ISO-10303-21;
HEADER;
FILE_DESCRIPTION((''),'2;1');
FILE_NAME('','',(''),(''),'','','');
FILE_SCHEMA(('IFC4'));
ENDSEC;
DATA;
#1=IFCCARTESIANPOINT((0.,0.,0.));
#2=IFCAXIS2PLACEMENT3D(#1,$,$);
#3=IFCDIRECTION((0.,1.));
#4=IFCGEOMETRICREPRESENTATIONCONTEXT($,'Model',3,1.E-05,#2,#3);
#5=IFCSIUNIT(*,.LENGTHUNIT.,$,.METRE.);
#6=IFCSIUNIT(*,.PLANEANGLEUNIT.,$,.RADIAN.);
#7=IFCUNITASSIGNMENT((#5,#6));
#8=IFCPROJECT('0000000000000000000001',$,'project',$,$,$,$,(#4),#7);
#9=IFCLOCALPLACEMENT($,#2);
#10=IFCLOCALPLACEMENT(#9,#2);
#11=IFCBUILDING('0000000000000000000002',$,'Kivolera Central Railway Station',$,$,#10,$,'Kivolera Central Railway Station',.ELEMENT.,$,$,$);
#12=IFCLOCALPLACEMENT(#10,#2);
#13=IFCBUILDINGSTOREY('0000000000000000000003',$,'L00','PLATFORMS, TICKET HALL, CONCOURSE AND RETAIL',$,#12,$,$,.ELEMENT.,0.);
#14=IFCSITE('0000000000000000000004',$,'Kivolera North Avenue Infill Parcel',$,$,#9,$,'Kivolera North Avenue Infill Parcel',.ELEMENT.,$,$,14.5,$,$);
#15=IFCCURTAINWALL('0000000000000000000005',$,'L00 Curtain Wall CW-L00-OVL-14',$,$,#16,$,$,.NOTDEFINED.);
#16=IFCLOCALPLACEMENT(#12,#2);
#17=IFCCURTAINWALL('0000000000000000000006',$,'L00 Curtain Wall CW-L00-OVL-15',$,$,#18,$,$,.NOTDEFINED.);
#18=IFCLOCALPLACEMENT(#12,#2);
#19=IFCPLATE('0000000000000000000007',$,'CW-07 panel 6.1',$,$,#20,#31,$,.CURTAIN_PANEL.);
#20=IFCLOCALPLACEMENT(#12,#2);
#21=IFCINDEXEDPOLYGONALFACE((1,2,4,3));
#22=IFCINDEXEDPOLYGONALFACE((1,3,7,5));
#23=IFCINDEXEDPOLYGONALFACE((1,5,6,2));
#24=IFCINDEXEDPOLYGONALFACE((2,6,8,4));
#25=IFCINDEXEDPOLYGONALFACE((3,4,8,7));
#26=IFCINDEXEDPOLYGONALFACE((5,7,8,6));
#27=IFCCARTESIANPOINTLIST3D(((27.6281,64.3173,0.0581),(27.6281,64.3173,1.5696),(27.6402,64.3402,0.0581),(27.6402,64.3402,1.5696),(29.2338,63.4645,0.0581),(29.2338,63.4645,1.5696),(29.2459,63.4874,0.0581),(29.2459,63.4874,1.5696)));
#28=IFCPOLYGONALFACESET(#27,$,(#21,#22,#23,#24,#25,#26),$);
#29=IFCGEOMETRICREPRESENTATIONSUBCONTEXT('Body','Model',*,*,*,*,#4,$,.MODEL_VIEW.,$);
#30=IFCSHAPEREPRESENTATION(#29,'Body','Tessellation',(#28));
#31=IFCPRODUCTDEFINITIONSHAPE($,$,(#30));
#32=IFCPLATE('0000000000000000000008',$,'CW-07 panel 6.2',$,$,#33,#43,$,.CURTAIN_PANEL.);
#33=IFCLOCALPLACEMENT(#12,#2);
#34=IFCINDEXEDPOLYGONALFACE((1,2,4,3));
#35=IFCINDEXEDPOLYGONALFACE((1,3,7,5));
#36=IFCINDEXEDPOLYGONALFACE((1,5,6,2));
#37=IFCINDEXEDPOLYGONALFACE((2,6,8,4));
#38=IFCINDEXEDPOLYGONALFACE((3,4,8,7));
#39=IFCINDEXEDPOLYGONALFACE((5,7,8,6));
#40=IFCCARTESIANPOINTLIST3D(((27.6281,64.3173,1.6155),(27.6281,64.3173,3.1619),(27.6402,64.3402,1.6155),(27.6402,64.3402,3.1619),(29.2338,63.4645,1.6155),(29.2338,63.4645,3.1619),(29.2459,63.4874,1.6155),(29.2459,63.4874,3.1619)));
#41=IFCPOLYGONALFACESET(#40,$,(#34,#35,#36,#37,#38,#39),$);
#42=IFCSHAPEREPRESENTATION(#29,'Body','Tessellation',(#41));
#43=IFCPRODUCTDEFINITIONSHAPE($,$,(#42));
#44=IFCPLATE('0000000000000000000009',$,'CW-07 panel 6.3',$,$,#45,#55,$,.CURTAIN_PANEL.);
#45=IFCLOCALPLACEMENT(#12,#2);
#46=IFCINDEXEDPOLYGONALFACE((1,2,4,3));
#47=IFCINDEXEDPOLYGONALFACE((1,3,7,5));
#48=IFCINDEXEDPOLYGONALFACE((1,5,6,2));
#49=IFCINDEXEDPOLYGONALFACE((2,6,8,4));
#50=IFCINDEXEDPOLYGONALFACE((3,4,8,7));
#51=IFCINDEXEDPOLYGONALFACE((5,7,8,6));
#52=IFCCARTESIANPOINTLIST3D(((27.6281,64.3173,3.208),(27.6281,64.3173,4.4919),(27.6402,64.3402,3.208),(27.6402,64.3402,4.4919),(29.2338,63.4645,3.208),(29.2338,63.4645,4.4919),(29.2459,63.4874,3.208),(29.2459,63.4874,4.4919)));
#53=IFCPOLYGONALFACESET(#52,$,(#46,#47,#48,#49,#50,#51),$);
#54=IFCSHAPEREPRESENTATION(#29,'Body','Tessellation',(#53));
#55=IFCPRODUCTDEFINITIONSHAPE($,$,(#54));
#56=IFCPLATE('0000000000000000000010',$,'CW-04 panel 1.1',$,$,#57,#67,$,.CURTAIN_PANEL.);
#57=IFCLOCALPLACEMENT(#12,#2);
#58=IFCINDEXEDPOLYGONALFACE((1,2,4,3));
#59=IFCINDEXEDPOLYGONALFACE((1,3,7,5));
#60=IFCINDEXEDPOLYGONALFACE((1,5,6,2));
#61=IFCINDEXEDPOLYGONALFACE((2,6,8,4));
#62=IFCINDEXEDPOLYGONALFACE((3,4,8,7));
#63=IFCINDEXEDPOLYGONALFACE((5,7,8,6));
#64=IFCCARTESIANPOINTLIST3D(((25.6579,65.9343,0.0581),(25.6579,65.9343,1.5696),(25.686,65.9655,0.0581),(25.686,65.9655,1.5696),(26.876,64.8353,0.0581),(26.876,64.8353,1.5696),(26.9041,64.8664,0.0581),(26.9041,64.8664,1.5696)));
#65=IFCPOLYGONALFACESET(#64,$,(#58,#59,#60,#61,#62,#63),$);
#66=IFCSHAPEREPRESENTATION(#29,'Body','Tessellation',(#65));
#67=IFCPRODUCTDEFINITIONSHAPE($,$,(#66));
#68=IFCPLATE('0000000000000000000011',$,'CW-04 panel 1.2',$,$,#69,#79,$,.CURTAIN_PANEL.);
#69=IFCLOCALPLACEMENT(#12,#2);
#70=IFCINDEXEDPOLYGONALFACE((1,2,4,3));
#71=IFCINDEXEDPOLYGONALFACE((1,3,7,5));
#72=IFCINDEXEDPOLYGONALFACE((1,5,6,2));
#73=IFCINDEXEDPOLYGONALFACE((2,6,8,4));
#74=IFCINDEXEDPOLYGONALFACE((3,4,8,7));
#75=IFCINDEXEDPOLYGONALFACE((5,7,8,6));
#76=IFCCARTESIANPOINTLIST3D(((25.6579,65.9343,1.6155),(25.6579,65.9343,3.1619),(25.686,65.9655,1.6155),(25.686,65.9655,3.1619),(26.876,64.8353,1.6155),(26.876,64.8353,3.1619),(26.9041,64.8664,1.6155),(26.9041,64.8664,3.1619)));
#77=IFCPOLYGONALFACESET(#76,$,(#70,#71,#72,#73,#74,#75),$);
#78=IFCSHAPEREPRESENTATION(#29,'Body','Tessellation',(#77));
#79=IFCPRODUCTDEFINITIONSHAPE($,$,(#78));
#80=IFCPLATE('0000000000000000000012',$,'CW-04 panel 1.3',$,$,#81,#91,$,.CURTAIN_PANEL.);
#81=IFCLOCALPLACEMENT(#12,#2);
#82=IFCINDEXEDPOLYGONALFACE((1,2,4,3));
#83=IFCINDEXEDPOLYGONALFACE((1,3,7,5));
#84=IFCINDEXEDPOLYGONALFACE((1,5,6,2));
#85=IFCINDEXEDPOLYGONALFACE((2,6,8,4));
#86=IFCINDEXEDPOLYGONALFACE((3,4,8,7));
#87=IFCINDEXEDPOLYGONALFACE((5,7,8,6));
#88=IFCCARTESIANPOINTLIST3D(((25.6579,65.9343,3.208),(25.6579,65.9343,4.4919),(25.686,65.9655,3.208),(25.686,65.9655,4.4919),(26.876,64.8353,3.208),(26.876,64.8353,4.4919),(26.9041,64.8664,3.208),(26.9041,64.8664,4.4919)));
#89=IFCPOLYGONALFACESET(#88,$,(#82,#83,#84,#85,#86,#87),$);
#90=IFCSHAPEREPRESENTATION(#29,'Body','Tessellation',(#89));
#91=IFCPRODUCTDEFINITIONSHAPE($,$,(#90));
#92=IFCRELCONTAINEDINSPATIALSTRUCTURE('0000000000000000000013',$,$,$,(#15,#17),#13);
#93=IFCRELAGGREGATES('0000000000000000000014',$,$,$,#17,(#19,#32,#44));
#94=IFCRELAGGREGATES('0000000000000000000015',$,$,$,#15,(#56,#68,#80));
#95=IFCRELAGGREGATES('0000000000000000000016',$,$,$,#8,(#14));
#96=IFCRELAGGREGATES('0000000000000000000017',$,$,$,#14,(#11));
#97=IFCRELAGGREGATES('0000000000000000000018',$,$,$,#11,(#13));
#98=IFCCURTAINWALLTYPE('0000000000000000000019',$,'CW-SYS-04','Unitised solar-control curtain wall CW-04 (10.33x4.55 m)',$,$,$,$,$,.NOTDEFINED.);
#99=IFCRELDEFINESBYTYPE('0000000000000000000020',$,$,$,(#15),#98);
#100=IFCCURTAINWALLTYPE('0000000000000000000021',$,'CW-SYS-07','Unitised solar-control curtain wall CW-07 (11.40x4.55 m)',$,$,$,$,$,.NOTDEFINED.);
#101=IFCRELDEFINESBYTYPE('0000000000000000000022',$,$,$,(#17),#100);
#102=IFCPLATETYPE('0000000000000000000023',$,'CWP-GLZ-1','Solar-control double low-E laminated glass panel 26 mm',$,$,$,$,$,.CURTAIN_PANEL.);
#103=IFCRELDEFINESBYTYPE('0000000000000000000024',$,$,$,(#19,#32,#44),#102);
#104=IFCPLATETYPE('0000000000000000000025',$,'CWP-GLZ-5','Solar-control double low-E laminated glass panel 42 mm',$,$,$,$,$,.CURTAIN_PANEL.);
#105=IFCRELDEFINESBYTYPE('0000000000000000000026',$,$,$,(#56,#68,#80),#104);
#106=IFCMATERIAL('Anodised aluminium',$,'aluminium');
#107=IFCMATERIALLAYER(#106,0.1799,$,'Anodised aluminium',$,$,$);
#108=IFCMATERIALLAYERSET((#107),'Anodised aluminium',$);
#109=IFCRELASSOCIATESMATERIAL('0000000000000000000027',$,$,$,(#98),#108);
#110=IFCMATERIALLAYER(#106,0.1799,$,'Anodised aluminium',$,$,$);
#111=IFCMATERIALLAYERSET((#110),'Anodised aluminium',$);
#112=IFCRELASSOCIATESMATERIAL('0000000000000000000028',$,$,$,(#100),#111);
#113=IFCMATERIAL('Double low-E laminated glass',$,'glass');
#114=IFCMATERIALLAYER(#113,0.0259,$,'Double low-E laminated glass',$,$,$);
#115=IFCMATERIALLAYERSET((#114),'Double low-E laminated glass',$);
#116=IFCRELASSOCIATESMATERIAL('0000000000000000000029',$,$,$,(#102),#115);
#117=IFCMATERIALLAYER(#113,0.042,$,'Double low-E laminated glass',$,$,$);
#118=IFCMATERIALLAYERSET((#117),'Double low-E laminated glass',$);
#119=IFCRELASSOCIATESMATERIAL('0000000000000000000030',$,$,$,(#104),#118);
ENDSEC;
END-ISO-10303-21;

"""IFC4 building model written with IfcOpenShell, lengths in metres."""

from ifc_helpers import new_model, si_unit, direction, frame, origin, origin_2d, place, context, subcontext, project, spatial, rectangle, extrude, material, layer, layer_set, type_object, element, aggregate, save


model = new_model("IFC4")

# Units and contexts
model_context = context("Model", 3, precision=1e-05, world=origin(), true_north=direction((0.0, 1.0)))
body_context = subcontext(model_context, "Body", "Model", "MODEL_VIEW")
ifc_project = project(units=[si_unit("LENGTHUNIT", "METRE"), si_unit("PLANEANGLEUNIT", "RADIAN")], contexts=[model_context])

# Site, building, storey
site_placement = place(None, origin())
site = spatial("IfcSite", under=ifc_project, at=site_placement, Name="Kivolera North Avenue Infill Parcel", LongName="Kivolera North Avenue Infill Parcel", CompositionType="ELEMENT", RefElevation=14.5)
building_placement = place(site_placement, origin())
building = spatial("IfcBuilding", under=site, at=building_placement, Name="Kivolera Central Railway Station", LongName="Kivolera Central Railway Station", CompositionType="ELEMENT")
storey_placement = place(building_placement, origin())
storey = spatial("IfcBuildingStorey", under=building, at=storey_placement, Name="L00", Description="PLATFORMS, TICKET HALL, CONCOURSE AND RETAIL", CompositionType="ELEMENT", Elevation=0.0)

# Curtain walls
ifc_material_1 = material(Name="Anodised aluminium", Category="aluminium")
ifc_layer_1 = layer(ifc_material_1, 0.1799, Name="Anodised aluminium")
ifc_layer_set_1 = layer_set([ifc_layer_1], Name="Anodised aluminium")
curtain_wall_type_1 = type_object("IfcCurtainWallType", Name="CW-SYS-04", Description="Unitised solar-control curtain wall CW-04 (10.33x4.55 m)", PredefinedType="NOTDEFINED", material=ifc_layer_set_1)
curtain_wall_1_placement = place(storey_placement, origin())
curtain_wall_1 = element("IfcCurtainWall", 1, at=curtain_wall_1_placement, inside=storey, type_object=curtain_wall_type_1, Name="L00 Curtain Wall CW-L00-OVL-14", PredefinedType="NOTDEFINED")
ifc_layer_2 = layer(ifc_material_1, 0.1799, Name="Anodised aluminium")
ifc_layer_set_2 = layer_set([ifc_layer_2], Name="Anodised aluminium")
curtain_wall_type_2 = type_object("IfcCurtainWallType", Name="CW-SYS-07", Description="Unitised solar-control curtain wall CW-07 (11.40x4.55 m)", PredefinedType="NOTDEFINED", material=ifc_layer_set_2)
curtain_wall_2_placement = place(storey_placement, origin())
curtain_wall_2 = element("IfcCurtainWall", 2, at=curtain_wall_2_placement, inside=storey, type_object=curtain_wall_type_2, Name="L00 Curtain Wall CW-L00-OVL-15", PredefinedType="NOTDEFINED")

# Plates
ifc_material_2 = material(Name="Double low-E laminated glass", Category="glass")
ifc_layer_3 = layer(ifc_material_2, 0.0259, Name="Double low-E laminated glass")
ifc_layer_set_3 = layer_set([ifc_layer_3], Name="Double low-E laminated glass")
plate_type_1 = type_object("IfcPlateType", Name="CWP-GLZ-1", Description="Solar-control double low-E laminated glass panel 26 mm", PredefinedType="CURTAIN_PANEL", material=ifc_layer_set_3)
plate_1_placement = place(storey_placement, frame((28.437, 63.9023, 0.0581), z_axis=(0.0, 0.0, 1.0), x_axis=(-0.88317, 0.469053, 0.0)))
plate_1 = element("IfcPlate", 3, at=plate_1_placement, type_object=plate_type_1, Name="CW-07 panel 6.1", PredefinedType="CURTAIN_PANEL", context=body_context, shape_type="SweptSolid", body=[
    extrude(rectangle(XDim=1.8181, YDim=0.0259, at=origin_2d()), origin(), (0.0, 0.0, 1.0), 1.5115),
])
plate_2_placement = place(storey_placement, frame((28.437, 63.9023, 1.6155), z_axis=(0.0, 0.0, 1.0), x_axis=(-0.88317, 0.469053, 0.0)))
plate_2 = element("IfcPlate", 4, at=plate_2_placement, type_object=plate_type_1, Name="CW-07 panel 6.2", PredefinedType="CURTAIN_PANEL", context=body_context, shape_type="SweptSolid", body=[
    extrude(rectangle(XDim=1.8181, YDim=0.0259, at=origin_2d()), origin(), (0.0, 0.0, 1.0), 1.5464),
])
plate_3_placement = place(storey_placement, frame((28.437, 63.9023, 3.208), z_axis=(0.0, 0.0, 1.0), x_axis=(-0.88317, 0.469053, 0.0)))
plate_3 = element("IfcPlate", 5, at=plate_3_placement, type_object=plate_type_1, Name="CW-07 panel 6.3", PredefinedType="CURTAIN_PANEL", context=body_context, shape_type="SweptSolid", body=[
    extrude(rectangle(XDim=1.8181, YDim=0.0259, at=origin_2d()), origin(), (0.0, 0.0, 1.0), 1.2839),
])
aggregate(curtain_wall_2, [plate_1, plate_2, plate_3])
ifc_layer_4 = layer(ifc_material_2, 0.042, Name="Double low-E laminated glass")
ifc_layer_set_4 = layer_set([ifc_layer_4], Name="Double low-E laminated glass")
plate_type_2 = type_object("IfcPlateType", Name="CWP-GLZ-5", Description="Solar-control double low-E laminated glass panel 42 mm", PredefinedType="CURTAIN_PANEL", material=ifc_layer_set_4)
plate_4_placement = place(storey_placement, frame((26.281, 65.4004, 0.0581), z_axis=(0.0, 0.0, 1.0), x_axis=(-0.742432, 0.669922, 0.0)))
plate_4 = element("IfcPlate", 6, at=plate_4_placement, type_object=plate_type_2, Name="CW-04 panel 1.1", PredefinedType="CURTAIN_PANEL", context=body_context, shape_type="SweptSolid", body=[
    extrude(rectangle(XDim=1.6406, YDim=0.042, at=origin_2d()), origin(), (0.0, 0.0, 1.0), 1.5115),
])
plate_5_placement = place(storey_placement, frame((26.281, 65.4004, 1.6155), z_axis=(0.0, 0.0, 1.0), x_axis=(-0.742432, 0.669922, 0.0)))
plate_5 = element("IfcPlate", 7, at=plate_5_placement, type_object=plate_type_2, Name="CW-04 panel 1.2", PredefinedType="CURTAIN_PANEL", context=body_context, shape_type="SweptSolid", body=[
    extrude(rectangle(XDim=1.6406, YDim=0.042, at=origin_2d()), origin(), (0.0, 0.0, 1.0), 1.5464),
])
plate_6_placement = place(storey_placement, frame((26.281, 65.4004, 3.208), z_axis=(0.0, 0.0, 1.0), x_axis=(-0.742432, 0.669922, 0.0)))
plate_6 = element("IfcPlate", 8, at=plate_6_placement, type_object=plate_type_2, Name="CW-04 panel 1.3", PredefinedType="CURTAIN_PANEL", context=body_context, shape_type="SweptSolid", body=[
    extrude(rectangle(XDim=1.6406, YDim=0.042, at=origin_2d()), origin(), (0.0, 0.0, 1.0), 1.2839),
])
aggregate(curtain_wall_1, [plate_4, plate_5, plate_6])

save(model, "model.ifc")
